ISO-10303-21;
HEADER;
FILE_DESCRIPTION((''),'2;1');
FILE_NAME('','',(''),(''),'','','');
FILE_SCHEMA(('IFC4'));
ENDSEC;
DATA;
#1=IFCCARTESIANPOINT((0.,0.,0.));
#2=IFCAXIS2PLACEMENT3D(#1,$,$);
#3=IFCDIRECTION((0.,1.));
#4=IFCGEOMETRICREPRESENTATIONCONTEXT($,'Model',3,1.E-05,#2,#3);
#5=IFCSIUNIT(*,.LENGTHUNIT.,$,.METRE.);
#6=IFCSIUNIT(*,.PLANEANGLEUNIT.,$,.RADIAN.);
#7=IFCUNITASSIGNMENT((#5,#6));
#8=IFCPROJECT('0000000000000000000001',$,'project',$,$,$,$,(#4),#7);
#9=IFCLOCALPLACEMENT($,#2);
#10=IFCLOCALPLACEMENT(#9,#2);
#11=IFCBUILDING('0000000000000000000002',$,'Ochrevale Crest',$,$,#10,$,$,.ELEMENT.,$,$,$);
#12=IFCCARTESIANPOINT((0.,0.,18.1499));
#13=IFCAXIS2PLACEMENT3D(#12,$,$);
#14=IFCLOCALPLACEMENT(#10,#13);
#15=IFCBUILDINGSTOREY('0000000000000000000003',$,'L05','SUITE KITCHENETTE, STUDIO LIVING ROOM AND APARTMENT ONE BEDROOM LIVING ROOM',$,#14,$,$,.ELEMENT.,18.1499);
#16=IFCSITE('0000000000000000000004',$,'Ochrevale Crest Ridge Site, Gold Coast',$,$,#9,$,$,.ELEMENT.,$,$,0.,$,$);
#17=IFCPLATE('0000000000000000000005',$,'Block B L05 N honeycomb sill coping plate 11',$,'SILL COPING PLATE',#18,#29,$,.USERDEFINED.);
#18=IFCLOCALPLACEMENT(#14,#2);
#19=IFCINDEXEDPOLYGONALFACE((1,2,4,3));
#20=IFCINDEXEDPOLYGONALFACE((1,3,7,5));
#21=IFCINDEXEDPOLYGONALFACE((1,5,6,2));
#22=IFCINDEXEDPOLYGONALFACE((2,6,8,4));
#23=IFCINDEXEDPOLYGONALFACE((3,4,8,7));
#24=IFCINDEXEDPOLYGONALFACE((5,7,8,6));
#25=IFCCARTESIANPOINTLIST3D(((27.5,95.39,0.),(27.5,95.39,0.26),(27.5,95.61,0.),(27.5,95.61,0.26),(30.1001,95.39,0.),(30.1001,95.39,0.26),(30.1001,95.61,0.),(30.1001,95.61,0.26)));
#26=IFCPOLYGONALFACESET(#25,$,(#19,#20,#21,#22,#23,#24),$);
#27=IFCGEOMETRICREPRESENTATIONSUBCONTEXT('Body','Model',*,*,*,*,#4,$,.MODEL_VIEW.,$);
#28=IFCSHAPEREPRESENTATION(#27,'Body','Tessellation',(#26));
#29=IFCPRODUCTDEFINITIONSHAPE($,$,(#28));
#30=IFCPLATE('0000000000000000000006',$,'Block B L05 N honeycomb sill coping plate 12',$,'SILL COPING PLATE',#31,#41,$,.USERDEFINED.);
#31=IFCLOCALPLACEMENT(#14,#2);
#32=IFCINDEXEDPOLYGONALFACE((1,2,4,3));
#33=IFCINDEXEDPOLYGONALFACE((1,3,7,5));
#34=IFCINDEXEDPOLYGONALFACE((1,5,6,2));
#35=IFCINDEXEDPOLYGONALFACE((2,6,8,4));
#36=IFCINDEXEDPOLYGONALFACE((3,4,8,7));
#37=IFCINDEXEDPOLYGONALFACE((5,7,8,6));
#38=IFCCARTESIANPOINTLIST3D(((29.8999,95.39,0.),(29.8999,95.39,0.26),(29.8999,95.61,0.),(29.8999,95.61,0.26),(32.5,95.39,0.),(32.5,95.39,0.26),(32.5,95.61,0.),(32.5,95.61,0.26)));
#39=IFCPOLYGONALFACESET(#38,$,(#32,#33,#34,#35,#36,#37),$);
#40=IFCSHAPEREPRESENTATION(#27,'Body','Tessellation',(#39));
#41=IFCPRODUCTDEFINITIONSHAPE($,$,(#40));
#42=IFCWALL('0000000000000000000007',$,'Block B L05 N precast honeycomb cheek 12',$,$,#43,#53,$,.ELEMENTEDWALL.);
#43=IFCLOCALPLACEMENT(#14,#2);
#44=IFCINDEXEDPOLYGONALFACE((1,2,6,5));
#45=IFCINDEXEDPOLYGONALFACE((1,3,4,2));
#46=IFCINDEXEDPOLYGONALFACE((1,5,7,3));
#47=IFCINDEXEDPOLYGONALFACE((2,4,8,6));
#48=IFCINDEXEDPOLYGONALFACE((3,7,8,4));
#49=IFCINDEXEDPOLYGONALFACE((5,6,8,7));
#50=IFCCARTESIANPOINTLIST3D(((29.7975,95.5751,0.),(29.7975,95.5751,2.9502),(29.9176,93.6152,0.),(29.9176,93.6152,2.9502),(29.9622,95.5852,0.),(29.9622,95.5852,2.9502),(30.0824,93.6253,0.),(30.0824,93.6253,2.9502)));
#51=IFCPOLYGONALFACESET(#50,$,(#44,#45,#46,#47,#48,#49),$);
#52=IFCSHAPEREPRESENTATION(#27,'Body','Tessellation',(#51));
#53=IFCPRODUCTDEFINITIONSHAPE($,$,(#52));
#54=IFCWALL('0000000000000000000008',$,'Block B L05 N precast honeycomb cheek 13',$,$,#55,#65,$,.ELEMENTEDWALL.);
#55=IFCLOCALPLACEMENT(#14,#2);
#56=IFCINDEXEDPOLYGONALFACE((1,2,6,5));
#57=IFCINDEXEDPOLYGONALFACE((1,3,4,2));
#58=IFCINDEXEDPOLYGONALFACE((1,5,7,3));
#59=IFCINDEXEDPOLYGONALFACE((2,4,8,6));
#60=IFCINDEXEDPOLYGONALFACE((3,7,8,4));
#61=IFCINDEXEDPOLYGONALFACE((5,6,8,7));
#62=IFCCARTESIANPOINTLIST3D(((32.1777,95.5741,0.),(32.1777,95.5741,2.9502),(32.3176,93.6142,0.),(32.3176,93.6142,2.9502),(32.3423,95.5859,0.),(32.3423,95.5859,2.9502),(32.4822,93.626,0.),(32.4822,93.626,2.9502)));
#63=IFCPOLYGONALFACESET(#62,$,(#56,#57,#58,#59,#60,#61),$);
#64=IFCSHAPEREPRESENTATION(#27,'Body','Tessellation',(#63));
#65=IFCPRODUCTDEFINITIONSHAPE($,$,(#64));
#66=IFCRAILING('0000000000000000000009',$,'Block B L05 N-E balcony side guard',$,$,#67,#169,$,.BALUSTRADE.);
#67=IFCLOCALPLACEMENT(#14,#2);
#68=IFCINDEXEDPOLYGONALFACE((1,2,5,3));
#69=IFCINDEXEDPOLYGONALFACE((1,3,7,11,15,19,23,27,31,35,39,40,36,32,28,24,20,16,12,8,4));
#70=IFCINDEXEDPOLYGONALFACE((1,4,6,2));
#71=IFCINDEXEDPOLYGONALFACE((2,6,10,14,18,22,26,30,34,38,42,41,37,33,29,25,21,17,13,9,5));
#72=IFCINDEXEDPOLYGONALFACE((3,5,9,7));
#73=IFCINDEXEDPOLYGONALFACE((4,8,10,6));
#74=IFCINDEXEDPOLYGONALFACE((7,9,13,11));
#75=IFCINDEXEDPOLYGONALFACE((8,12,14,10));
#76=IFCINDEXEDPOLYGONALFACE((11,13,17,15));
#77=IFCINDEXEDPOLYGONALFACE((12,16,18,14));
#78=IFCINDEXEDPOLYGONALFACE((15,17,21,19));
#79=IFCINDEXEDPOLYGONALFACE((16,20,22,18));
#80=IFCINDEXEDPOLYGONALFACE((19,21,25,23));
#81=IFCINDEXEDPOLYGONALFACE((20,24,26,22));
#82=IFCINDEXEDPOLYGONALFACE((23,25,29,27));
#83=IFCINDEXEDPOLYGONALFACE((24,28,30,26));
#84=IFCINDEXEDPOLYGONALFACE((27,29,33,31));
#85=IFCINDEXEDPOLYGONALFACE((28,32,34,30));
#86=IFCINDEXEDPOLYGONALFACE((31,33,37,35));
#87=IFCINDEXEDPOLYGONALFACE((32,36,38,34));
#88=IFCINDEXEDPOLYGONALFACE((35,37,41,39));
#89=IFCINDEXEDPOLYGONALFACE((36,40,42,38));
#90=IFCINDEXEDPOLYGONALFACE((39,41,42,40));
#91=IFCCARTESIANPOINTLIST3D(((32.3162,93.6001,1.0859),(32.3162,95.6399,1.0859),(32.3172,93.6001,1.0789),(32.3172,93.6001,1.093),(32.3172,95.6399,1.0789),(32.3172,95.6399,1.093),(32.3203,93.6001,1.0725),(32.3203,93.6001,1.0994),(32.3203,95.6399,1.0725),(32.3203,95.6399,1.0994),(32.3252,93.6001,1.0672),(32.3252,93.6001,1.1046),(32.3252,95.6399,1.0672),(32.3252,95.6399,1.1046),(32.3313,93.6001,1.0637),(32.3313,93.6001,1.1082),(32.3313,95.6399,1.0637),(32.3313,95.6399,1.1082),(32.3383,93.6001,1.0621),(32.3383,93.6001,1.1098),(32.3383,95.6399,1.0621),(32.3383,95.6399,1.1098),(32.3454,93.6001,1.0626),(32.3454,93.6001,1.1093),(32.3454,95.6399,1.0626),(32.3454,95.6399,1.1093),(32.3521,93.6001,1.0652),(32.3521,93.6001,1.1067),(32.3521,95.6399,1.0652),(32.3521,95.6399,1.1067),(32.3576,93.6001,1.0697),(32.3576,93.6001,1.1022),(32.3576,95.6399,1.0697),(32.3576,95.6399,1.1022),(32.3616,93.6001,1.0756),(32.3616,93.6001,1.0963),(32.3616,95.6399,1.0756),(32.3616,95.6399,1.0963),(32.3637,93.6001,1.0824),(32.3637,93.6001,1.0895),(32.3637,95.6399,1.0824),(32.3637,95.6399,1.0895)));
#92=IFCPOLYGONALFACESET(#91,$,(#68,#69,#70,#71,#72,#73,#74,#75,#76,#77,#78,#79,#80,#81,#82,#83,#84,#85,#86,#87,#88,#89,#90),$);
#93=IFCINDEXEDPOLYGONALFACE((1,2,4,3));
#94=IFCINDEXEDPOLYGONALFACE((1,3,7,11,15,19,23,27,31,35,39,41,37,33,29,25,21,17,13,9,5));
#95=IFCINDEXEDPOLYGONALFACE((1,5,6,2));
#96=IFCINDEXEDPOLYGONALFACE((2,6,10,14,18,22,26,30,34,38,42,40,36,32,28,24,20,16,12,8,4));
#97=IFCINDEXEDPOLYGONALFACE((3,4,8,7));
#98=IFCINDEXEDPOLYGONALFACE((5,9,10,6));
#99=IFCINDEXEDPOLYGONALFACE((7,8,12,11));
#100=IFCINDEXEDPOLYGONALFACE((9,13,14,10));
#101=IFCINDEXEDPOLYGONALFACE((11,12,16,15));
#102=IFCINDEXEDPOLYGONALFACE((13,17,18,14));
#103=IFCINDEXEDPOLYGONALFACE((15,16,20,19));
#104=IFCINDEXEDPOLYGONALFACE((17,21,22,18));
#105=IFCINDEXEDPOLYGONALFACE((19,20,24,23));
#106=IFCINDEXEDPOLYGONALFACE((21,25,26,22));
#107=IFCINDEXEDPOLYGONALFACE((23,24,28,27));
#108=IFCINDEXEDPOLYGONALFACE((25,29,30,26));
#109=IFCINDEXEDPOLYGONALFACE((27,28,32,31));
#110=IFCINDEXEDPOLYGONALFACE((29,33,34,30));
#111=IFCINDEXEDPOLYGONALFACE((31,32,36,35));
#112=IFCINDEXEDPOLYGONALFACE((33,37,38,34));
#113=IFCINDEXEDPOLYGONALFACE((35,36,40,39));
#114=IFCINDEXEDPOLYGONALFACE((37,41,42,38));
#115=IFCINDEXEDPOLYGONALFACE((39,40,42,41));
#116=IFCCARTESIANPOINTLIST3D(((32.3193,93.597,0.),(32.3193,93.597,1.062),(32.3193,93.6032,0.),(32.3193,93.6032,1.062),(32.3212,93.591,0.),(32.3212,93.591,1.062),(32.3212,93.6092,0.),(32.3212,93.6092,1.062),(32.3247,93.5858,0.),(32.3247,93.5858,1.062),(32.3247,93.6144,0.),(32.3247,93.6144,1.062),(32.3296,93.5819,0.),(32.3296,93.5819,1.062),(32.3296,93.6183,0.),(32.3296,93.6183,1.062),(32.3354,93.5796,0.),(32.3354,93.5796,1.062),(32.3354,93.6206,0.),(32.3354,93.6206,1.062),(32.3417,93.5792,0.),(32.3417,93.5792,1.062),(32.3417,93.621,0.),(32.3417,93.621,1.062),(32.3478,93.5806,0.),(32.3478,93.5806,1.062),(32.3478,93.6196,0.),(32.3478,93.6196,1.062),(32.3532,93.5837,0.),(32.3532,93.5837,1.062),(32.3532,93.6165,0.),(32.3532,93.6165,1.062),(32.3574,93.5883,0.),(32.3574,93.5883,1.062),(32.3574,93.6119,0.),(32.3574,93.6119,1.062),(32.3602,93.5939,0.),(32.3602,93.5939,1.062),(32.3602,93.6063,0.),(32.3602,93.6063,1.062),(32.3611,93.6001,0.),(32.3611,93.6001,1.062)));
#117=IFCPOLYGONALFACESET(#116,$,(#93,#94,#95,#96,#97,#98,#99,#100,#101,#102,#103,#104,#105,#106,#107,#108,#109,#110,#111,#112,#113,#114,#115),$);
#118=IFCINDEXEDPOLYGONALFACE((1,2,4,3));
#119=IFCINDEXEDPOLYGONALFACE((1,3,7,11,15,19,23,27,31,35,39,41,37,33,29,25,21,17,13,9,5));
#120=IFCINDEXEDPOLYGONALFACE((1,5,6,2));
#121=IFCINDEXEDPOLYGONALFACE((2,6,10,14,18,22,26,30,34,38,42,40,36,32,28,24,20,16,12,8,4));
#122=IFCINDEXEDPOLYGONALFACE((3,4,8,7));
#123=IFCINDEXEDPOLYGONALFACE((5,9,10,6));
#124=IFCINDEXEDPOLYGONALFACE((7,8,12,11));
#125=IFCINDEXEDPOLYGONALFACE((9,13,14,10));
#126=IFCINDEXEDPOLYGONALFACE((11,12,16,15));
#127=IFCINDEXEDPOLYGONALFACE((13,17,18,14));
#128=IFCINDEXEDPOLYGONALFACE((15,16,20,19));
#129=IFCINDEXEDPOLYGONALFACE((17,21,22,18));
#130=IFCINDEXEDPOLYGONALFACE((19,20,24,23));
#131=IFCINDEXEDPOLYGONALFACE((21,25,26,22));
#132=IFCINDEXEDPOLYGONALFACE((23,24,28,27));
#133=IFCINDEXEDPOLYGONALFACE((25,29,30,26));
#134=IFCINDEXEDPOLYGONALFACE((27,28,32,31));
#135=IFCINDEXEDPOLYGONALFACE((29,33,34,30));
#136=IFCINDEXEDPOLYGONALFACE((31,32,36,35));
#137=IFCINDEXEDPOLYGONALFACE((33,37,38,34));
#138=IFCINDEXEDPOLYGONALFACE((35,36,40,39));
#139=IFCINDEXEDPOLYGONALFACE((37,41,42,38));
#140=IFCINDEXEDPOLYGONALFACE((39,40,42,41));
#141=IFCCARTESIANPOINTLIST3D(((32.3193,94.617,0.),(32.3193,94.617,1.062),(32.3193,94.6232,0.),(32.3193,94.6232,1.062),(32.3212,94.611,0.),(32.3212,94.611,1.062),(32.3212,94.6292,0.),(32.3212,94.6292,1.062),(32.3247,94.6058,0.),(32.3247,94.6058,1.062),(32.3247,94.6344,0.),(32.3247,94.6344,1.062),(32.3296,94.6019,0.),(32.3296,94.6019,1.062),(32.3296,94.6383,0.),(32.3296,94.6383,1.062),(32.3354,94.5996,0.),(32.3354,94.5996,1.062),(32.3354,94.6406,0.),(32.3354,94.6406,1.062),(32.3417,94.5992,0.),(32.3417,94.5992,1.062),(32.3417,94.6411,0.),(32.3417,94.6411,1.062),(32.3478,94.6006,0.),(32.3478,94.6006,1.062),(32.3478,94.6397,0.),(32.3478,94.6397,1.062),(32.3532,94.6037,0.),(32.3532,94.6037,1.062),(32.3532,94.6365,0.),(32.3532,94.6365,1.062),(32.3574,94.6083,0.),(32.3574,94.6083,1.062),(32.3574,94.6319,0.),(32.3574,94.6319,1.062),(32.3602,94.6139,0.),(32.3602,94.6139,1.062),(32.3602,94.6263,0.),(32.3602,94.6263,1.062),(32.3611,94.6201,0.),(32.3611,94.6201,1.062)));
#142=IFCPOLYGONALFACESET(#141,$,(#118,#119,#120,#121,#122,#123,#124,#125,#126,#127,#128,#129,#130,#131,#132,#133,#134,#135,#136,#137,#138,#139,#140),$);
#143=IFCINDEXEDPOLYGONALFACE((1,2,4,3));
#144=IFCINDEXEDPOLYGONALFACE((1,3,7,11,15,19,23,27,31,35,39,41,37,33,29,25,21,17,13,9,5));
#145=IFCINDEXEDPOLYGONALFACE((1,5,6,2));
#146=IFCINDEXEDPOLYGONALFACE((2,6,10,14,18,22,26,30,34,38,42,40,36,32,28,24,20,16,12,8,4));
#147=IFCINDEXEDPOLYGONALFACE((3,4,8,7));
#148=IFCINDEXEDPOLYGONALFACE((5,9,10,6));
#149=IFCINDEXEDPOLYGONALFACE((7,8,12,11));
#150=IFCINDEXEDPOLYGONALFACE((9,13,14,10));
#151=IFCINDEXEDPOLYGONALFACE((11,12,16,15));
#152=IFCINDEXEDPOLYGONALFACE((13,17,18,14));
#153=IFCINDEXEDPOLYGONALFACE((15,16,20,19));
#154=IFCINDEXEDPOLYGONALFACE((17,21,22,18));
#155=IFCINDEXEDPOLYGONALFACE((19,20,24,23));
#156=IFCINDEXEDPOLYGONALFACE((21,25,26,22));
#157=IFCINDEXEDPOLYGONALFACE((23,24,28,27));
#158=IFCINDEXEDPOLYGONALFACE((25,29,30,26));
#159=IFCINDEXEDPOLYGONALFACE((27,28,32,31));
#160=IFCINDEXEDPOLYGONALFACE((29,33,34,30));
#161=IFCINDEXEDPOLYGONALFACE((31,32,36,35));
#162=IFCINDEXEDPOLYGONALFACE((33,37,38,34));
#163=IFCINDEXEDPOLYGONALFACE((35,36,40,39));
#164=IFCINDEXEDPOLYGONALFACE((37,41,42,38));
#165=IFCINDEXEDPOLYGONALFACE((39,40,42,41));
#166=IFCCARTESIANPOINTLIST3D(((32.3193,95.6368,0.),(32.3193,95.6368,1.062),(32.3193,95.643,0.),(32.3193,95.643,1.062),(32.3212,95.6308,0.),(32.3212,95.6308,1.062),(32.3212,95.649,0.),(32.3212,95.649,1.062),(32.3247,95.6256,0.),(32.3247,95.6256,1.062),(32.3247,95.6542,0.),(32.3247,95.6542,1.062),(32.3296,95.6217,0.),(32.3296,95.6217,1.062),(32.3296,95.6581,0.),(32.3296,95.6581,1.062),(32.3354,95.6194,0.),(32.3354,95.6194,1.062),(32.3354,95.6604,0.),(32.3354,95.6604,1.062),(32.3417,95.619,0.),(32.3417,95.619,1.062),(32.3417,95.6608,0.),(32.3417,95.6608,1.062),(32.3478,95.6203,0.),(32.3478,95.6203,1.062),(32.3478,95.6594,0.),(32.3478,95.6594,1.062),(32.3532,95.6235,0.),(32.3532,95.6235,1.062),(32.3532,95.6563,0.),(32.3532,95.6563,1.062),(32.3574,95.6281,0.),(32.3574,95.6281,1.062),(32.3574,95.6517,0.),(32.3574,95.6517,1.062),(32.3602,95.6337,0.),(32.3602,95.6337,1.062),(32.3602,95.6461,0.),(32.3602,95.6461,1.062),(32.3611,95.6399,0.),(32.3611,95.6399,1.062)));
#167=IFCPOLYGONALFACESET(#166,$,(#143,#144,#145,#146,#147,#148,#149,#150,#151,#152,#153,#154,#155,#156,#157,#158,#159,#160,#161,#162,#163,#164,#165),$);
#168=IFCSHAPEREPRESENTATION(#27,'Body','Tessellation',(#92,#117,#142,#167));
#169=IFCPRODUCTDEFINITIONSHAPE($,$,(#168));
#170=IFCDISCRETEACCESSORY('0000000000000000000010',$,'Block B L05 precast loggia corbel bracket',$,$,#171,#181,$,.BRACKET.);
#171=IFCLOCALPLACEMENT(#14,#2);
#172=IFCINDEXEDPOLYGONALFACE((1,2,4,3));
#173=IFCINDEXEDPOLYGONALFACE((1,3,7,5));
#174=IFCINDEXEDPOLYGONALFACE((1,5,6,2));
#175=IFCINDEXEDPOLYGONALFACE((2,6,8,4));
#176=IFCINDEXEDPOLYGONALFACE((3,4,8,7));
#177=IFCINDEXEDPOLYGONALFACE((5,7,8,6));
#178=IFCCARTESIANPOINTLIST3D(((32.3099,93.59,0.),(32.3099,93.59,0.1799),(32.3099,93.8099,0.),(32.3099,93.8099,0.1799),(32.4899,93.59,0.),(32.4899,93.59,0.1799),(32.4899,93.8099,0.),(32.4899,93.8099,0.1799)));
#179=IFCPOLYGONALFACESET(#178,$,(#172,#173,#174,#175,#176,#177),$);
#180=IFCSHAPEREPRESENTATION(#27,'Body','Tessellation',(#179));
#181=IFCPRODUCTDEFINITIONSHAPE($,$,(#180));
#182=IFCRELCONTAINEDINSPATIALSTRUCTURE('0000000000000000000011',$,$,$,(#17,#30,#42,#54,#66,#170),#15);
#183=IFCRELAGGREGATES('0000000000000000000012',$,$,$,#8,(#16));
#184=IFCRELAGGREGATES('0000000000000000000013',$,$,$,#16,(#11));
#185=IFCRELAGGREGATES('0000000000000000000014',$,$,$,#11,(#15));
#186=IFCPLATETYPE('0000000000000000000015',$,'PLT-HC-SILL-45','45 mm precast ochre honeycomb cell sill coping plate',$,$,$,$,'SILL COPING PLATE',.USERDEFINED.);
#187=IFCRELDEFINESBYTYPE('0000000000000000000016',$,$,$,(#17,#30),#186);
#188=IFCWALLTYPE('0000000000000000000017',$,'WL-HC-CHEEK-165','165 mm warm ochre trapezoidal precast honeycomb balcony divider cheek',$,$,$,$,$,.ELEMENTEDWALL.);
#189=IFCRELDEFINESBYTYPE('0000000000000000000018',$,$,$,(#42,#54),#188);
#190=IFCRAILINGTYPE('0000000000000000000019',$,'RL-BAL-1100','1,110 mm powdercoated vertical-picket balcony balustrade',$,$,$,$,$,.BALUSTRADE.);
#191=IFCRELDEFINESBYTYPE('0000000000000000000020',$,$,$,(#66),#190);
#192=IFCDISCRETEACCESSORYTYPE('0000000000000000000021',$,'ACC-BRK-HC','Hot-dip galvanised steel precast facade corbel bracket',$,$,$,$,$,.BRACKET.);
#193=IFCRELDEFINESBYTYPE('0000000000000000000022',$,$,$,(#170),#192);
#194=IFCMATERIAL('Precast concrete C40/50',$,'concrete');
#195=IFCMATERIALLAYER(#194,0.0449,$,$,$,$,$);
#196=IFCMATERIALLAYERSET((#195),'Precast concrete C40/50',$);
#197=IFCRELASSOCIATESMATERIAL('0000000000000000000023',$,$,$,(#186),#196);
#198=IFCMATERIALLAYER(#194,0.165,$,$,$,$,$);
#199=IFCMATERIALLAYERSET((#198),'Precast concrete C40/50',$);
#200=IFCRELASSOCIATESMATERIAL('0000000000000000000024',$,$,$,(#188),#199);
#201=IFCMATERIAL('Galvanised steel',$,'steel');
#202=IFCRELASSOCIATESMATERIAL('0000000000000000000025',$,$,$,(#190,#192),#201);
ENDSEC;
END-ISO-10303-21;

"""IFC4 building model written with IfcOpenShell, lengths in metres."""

from ifc_helpers import new_model, si_unit, direction, frame, frame_2d, origin, origin_2d, place, context, subcontext, project, spatial, rectangle, circle, extrude, material, layer, layer_set, type_object, element, save


model = new_model("IFC4")

# Units and contexts
model_context = context("Model", 3, precision=1e-05, world=origin(), true_north=direction((0.0, 1.0)))
body_context = subcontext(model_context, "Body", "Model", "MODEL_VIEW")
ifc_project = project(units=[si_unit("LENGTHUNIT", "METRE"), si_unit("PLANEANGLEUNIT", "RADIAN")], contexts=[model_context])

# Site, building, storey
site_placement = place(None, origin())
site = spatial("IfcSite", under=ifc_project, at=site_placement, Name="Ochrevale Crest Ridge Site, Gold Coast", CompositionType="ELEMENT", RefElevation=0.0)
building_placement = place(site_placement, origin())
building = spatial("IfcBuilding", under=site, at=building_placement, Name="Ochrevale Crest", CompositionType="ELEMENT")
storey_placement = place(building_placement, frame((0.0, 0.0, 18.1499)))
storey = spatial("IfcBuildingStorey", under=building, at=storey_placement, Name="L05", Description="SUITE KITCHENETTE, STUDIO LIVING ROOM AND APARTMENT ONE BEDROOM LIVING ROOM", CompositionType="ELEMENT", Elevation=18.1499)

# Plates
ifc_material_1 = material(Name="Precast concrete C40/50", Category="concrete")
ifc_layer_1 = layer(ifc_material_1, 0.0449)
ifc_layer_set_1 = layer_set([ifc_layer_1], Name="Precast concrete C40/50")
plate_type_1 = type_object("IfcPlateType", Name="PLT-HC-SILL-45", Description="45 mm precast ochre honeycomb cell sill coping plate", ElementType="SILL COPING PLATE", PredefinedType="USERDEFINED", material=ifc_layer_set_1)
for number, where, z_axis, x_axis, name in (
    (1, (28.8, 95.5, 0.0), (0.0, 0.0, 1.0), (1.0, 0.0, 0.0), "Block B L05 N honeycomb sill coping plate 11"),
    (2, (31.2, 95.5, 0.0), (0.0, 0.0, 1.0), (1.0, 0.0, 0.0), "Block B L05 N honeycomb sill coping plate 12"),
):
    element("IfcPlate", number, at=place(storey_placement, frame(where, z_axis=z_axis, x_axis=x_axis)), inside=storey, type_object=plate_type_1, Name=name, ObjectType="SILL COPING PLATE", PredefinedType="USERDEFINED", context=body_context, shape_type="SweptSolid", body=[
        extrude(rectangle(XDim=2.6001, YDim=0.22, at=origin_2d()), origin(), (0.0, 0.0, 1.0), 0.26),
    ])

# Walls
ifc_layer_2 = layer(ifc_material_1, 0.165)
ifc_layer_set_2 = layer_set([ifc_layer_2], Name="Precast concrete C40/50")
wall_type_1 = type_object("IfcWallType", Name="WL-HC-CHEEK-165", Description="165 mm warm ochre trapezoidal precast honeycomb balcony divider cheek", PredefinedType="ELEMENTEDWALL", material=ifc_layer_set_2)
wall_1_placement = place(storey_placement, frame((30.0, 93.6201, 0.0), z_axis=(0.0, 0.0, 1.0), x_axis=(-0.061171, 0.998127, 0.0)))
element("IfcWall", 3, at=wall_1_placement, inside=storey, type_object=wall_type_1, Name="Block B L05 N precast honeycomb cheek 12", PredefinedType="ELEMENTEDWALL", context=body_context, shape_type="SweptSolid", body=[
    extrude(rectangle(XDim=1.9636, YDim=0.165, at=frame_2d((0.9819, 0.0))), origin(), (0.0, 0.0, 1.0), 2.9502),
])
wall_2_placement = place(storey_placement, frame((32.3999, 93.6201, 0.0), z_axis=(0.0, 0.0, 1.0), x_axis=(-0.071194, 0.997462, 0.0)))
element("IfcWall", 4, at=wall_2_placement, inside=storey, type_object=wall_type_1, Name="Block B L05 N precast honeycomb cheek 13", PredefinedType="ELEMENTEDWALL", context=body_context, shape_type="SweptSolid", body=[
    extrude(rectangle(XDim=1.9648, YDim=0.165, at=frame_2d((0.9824, 0.0))), origin(), (0.0, 0.0, 1.0), 2.9502),
])

# Railing
ifc_material_2 = material(Name="Galvanised steel", Category="steel")
railing_type = type_object("IfcRailingType", Name="RL-BAL-1100", Description="1,110 mm powdercoated vertical-picket balcony balustrade", PredefinedType="BALUSTRADE", material=ifc_material_2)
railing_placement = place(storey_placement, frame((32.3401, 93.6001, 0.0)))
element("IfcRailing", 5, at=railing_placement, inside=storey, type_object=railing_type, Name="Block B L05 N-E balcony side guard", PredefinedType="BALUSTRADE", context=body_context, shape_type="SweptSolid", body=[
    extrude(circle(Radius=0.0239, at=origin_2d()), frame((0.0, 0.0, 1.0859), z_axis=(0.0, 1.0, 0.0), x_axis=(-1.0, 0.0, 0.0)), (0.0, 0.0, 1.0), 2.0398),
    extrude(circle(Radius=0.021, at=origin_2d()), origin(), (0.0, 0.0, 1.0), 1.062),
    extrude(circle(Radius=0.021, at=origin_2d()), frame((0.0, 1.02, 0.0)), (0.0, 0.0, 1.0), 1.062),
    extrude(circle(Radius=0.021, at=origin_2d()), frame((0.0, 2.0398, 0.0)), (0.0, 0.0, 1.0), 1.062),
])

# Discrete accessory
discrete_accessory_type = type_object("IfcDiscreteAccessoryType", Name="ACC-BRK-HC", Description="Hot-dip galvanised steel precast facade corbel bracket", PredefinedType="BRACKET", material=ifc_material_2)
discrete_accessory_placement = place(storey_placement, frame((32.3999, 93.7, 0.0), z_axis=(0.0, 0.0, 1.0), x_axis=(1.0, 0.0, 0.0)))
element("IfcDiscreteAccessory", 6, at=discrete_accessory_placement, inside=storey, type_object=discrete_accessory_type, Name="Block B L05 precast loggia corbel bracket", PredefinedType="BRACKET", context=body_context, shape_type="SweptSolid", body=[
    extrude(rectangle(XDim=0.1799, YDim=0.22, at=origin_2d()), origin(), (0.0, 0.0, 1.0), 0.1799),
])

save(model, "model.ifc")
